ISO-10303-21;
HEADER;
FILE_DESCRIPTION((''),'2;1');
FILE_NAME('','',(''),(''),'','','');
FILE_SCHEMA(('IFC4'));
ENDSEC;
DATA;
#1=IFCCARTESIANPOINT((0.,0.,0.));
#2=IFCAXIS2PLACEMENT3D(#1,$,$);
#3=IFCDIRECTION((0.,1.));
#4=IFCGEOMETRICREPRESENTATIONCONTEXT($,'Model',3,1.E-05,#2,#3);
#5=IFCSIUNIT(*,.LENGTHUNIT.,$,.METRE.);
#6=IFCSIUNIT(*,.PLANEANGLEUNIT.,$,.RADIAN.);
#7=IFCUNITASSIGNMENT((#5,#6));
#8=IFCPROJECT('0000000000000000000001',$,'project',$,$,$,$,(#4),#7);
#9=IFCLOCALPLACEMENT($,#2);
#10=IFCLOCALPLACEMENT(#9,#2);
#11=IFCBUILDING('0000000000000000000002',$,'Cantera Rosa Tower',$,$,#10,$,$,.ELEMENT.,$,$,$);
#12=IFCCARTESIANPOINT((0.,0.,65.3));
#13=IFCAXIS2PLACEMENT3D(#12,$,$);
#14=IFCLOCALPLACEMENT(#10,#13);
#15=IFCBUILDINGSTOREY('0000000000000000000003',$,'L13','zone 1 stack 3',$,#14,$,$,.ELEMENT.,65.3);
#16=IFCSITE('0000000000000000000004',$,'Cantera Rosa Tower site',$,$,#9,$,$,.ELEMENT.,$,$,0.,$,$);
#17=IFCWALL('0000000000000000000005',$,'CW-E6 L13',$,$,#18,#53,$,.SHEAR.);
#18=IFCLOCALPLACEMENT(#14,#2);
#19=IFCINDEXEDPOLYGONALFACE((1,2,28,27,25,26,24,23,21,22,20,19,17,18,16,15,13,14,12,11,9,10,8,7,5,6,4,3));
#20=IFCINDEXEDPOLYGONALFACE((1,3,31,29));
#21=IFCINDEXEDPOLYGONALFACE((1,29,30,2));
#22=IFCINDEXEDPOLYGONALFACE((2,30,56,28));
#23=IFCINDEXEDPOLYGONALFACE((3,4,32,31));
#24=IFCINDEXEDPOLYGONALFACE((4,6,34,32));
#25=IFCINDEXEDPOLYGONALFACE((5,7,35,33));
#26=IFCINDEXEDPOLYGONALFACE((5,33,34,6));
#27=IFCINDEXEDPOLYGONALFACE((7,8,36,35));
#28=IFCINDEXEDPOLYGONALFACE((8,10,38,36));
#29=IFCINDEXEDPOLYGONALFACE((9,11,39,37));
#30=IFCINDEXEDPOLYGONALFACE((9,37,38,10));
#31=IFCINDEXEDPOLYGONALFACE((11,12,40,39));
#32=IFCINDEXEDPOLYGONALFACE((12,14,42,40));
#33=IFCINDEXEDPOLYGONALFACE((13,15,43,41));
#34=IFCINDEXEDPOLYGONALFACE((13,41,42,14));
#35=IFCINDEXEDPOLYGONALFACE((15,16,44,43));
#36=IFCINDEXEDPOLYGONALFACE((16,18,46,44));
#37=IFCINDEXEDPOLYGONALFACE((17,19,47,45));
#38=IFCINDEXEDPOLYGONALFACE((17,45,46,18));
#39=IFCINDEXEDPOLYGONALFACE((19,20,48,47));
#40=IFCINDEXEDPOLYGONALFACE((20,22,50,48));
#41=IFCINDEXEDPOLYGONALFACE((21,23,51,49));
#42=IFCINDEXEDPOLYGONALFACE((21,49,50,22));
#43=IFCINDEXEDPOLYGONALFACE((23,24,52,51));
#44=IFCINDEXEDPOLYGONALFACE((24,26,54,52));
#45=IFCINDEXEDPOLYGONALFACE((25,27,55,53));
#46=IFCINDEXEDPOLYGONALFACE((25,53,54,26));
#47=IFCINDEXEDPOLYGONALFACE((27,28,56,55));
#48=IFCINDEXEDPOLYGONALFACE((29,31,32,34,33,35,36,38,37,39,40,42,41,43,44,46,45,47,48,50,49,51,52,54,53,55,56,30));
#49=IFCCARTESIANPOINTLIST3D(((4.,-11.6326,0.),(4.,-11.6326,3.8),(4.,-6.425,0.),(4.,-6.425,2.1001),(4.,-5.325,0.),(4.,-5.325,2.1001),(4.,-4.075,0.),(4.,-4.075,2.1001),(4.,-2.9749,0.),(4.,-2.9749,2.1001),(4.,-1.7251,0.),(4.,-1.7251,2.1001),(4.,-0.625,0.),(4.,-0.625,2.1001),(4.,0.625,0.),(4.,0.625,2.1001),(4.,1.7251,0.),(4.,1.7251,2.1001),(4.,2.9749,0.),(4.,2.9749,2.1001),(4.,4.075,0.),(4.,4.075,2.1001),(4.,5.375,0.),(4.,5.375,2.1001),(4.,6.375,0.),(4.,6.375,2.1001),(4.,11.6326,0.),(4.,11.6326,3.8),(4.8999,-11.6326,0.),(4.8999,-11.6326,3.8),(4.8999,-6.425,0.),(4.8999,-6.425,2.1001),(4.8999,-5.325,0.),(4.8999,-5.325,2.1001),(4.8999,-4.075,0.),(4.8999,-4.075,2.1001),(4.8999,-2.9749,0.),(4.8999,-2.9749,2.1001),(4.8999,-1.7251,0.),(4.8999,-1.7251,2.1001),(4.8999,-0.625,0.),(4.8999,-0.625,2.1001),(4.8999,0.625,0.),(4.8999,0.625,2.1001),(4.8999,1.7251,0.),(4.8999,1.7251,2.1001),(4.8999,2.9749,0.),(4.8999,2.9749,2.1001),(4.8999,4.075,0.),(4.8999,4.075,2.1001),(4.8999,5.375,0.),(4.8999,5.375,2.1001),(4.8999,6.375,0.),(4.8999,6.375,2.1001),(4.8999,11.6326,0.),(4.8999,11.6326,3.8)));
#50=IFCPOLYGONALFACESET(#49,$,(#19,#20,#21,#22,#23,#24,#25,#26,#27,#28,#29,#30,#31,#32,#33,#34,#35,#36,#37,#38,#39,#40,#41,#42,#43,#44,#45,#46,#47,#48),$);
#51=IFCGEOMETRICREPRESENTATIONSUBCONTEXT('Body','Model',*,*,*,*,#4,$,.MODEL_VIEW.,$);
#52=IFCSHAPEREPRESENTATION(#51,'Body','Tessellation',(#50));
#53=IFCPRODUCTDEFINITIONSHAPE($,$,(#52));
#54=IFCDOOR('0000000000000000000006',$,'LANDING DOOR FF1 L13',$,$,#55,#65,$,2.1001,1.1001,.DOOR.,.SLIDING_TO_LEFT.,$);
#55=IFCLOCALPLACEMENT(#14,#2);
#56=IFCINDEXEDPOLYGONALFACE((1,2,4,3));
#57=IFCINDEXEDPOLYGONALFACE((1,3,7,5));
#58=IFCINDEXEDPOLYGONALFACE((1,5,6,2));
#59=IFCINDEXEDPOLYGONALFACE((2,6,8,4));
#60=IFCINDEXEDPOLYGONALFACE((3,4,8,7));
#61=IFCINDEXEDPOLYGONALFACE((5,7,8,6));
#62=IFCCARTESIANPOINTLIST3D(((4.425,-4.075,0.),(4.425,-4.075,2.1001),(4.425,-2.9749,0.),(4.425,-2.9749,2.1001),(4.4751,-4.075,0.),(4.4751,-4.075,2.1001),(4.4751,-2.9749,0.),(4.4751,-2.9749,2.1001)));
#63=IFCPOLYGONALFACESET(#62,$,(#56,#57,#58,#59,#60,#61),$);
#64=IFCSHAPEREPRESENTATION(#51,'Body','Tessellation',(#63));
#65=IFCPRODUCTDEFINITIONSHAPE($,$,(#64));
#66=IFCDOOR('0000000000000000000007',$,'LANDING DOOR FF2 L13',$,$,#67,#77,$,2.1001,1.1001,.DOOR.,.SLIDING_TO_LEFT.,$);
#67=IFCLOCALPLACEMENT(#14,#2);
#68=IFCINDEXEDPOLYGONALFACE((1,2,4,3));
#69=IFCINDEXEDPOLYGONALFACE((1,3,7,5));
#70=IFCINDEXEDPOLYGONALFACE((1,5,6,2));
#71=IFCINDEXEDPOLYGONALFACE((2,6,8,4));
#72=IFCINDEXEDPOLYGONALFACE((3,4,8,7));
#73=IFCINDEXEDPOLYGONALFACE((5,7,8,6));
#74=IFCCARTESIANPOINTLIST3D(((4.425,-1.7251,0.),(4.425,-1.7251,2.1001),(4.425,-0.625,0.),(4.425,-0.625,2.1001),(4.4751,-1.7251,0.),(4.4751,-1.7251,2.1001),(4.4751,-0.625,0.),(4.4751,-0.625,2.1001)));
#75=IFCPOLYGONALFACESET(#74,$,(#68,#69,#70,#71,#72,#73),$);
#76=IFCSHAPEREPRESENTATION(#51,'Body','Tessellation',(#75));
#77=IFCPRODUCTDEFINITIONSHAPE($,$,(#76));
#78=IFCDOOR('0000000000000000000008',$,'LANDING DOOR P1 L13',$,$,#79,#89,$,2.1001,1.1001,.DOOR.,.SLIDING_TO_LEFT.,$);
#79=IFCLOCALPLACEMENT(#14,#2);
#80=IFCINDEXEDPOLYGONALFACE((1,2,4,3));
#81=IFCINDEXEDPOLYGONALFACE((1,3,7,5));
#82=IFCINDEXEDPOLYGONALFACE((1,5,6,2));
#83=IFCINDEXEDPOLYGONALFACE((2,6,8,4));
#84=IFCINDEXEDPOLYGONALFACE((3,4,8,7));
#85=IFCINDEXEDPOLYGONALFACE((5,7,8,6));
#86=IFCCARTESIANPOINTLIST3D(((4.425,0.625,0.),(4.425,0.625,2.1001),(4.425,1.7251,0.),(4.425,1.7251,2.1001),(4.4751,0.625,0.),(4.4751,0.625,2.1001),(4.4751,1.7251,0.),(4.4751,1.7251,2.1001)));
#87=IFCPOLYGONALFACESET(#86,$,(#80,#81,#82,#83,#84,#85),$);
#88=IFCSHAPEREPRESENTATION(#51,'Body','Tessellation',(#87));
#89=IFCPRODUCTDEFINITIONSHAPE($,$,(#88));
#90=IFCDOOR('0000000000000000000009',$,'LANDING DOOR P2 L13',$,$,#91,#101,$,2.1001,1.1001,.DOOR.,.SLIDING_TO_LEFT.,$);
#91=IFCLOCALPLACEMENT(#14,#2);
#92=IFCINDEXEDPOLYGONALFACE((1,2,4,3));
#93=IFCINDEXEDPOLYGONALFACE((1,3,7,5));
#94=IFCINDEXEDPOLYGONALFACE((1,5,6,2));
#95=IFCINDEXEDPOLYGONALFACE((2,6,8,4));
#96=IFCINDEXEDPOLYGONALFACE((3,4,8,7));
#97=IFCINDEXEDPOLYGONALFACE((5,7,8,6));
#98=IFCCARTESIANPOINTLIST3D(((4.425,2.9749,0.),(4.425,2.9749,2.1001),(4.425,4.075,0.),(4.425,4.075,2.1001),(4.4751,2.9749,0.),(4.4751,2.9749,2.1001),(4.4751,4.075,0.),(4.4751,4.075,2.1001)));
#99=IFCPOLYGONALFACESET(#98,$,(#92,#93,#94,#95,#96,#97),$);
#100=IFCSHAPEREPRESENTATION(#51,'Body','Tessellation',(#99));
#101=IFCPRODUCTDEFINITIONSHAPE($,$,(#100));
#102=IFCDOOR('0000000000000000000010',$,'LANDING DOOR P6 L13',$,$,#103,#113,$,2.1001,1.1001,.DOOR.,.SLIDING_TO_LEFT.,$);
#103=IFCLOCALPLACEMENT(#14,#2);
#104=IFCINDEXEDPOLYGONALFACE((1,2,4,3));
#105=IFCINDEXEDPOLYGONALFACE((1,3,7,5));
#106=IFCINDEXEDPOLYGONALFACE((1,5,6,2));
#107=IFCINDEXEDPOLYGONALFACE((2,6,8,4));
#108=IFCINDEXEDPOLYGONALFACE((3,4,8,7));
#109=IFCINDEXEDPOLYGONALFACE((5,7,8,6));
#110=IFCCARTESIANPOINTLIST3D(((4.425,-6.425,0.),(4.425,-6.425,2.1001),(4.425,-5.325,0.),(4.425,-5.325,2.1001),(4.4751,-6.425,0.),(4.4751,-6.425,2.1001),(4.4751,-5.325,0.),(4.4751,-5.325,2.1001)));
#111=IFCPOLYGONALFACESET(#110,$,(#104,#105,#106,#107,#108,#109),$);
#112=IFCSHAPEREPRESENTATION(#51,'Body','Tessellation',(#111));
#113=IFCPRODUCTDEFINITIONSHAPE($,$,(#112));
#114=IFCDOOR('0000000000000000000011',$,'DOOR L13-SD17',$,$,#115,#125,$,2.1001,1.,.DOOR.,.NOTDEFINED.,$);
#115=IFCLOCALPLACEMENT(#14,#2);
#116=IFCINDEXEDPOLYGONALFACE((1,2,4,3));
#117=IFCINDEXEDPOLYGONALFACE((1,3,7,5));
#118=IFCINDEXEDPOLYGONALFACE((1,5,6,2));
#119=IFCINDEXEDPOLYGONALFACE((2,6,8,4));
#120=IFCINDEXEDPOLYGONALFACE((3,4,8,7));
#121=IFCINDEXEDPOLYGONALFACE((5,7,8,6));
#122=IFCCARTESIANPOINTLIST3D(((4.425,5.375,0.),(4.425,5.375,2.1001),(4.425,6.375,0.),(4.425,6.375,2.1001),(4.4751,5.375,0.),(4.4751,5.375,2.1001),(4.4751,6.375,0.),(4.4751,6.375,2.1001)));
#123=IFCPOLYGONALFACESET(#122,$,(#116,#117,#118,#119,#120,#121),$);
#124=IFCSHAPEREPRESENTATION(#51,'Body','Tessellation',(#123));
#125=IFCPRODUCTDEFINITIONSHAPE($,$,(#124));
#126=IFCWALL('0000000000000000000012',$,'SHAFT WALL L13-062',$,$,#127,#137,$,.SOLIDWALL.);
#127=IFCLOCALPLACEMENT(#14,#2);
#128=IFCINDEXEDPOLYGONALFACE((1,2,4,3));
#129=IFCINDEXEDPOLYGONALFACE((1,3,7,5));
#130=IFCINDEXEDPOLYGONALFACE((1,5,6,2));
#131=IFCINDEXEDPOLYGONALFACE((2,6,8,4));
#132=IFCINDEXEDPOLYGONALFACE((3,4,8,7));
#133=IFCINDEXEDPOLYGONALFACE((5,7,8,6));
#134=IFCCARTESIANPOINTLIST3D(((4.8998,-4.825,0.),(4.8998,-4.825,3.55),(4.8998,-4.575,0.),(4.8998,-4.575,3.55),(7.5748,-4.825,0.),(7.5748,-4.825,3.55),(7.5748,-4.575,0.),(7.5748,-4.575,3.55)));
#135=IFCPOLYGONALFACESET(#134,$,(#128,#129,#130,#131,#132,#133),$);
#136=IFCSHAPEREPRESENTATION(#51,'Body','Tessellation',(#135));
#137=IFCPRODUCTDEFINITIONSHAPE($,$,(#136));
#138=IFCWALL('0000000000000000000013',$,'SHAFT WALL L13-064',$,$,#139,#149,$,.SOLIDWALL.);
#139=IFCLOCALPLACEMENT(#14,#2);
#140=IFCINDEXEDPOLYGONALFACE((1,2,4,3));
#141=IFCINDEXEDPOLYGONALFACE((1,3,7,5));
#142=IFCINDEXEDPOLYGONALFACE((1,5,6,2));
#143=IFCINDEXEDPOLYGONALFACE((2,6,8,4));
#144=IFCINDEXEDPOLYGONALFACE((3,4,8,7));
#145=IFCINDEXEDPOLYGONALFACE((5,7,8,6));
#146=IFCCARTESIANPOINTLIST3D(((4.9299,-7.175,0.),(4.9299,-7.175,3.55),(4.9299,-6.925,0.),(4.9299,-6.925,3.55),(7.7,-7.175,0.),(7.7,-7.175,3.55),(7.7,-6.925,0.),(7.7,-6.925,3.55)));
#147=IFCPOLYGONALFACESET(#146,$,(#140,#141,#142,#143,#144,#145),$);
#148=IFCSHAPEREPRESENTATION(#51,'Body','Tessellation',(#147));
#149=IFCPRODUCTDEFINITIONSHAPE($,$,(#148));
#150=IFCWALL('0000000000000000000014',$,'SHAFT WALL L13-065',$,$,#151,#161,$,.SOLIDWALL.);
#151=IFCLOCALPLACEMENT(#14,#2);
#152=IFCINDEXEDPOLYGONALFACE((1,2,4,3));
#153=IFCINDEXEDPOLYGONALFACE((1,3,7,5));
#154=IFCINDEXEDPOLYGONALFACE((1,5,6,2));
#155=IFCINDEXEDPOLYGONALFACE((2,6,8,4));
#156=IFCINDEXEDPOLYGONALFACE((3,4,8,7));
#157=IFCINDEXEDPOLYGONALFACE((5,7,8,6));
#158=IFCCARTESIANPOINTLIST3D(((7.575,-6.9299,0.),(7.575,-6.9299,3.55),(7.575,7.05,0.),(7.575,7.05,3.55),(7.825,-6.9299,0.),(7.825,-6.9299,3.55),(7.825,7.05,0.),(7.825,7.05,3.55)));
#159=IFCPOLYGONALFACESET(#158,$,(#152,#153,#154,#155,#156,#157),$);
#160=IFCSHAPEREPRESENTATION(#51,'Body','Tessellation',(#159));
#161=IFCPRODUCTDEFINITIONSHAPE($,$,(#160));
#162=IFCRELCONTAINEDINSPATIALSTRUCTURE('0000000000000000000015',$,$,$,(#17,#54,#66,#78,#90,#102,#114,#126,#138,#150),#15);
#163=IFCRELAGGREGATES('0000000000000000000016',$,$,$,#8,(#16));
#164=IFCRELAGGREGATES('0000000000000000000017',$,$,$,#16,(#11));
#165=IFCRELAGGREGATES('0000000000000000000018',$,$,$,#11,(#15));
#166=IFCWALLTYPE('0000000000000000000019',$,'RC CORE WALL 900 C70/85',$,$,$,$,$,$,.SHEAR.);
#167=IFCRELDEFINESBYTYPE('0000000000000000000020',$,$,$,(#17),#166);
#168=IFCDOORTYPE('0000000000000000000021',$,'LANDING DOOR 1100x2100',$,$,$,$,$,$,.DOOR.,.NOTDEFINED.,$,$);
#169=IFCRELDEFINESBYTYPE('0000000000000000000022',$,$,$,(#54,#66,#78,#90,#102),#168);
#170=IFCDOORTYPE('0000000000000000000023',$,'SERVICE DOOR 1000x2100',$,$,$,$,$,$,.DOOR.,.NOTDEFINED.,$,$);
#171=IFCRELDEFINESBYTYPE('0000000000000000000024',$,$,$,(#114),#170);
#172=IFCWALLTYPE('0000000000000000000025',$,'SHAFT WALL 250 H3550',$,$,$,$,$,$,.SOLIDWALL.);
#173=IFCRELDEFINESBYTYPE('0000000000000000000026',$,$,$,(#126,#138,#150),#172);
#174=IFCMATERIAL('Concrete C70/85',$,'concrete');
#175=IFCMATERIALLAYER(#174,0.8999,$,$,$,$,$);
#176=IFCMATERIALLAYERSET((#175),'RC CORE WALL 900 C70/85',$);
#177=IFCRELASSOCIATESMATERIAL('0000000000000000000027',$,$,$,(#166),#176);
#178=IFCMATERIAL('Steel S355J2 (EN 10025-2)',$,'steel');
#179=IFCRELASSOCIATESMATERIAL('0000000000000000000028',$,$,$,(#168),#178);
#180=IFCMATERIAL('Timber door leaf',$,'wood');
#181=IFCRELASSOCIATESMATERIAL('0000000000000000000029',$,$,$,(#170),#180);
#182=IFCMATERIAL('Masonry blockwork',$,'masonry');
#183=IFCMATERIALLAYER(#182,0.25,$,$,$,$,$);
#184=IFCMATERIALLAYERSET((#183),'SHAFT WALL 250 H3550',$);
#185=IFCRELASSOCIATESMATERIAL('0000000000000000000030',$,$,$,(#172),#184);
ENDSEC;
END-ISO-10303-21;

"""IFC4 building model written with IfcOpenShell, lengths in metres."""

from ifc_helpers import new_model, si_unit, direction, frame, frame_2d, origin, place, context, subcontext, project, spatial, rectangle, extrude, material, layer, layer_set, type_object, element, fill, save


model = new_model("IFC4")

# Units and contexts
model_context = context("Model", 3, precision=1e-05, world=origin(), true_north=direction((0.0, 1.0)))
body_context = subcontext(model_context, "Body", "Model", "MODEL_VIEW")
ifc_project = project(units=[si_unit("LENGTHUNIT", "METRE"), si_unit("PLANEANGLEUNIT", "RADIAN")], contexts=[model_context])

# Site, building, storey
site_placement = place(None, origin())
site = spatial("IfcSite", under=ifc_project, at=site_placement, Name="Cantera Rosa Tower site", CompositionType="ELEMENT", RefElevation=0.0)
building_placement = place(site_placement, origin())
building = spatial("IfcBuilding", under=site, at=building_placement, Name="Cantera Rosa Tower", CompositionType="ELEMENT")
storey_placement = place(building_placement, frame((0.0, 0.0, 65.3)))
storey = spatial("IfcBuildingStorey", under=building, at=storey_placement, Name="L13", Description="zone 1 stack 3", CompositionType="ELEMENT", Elevation=65.3)

# Shared definitions
ifc_material_1 = material(Name="Concrete C70/85", Category="concrete")
ifc_layer_1 = layer(ifc_material_1, 0.8999)
ifc_layer_set_1 = layer_set([ifc_layer_1], Name="RC CORE WALL 900 C70/85")
wall_type_1 = type_object("IfcWallType", Name="RC CORE WALL 900 C70/85", PredefinedType="SHEAR", material=ifc_layer_set_1)

# Wall, openings, doors
wall_1_placement = place(storey_placement, frame((4.45, -11.6326, 0.0), z_axis=(0.0, 0.0, 1.0), x_axis=(0.0, 1.0, 0.0)))
wall_1 = element("IfcWall", 1, at=wall_1_placement, inside=storey, type_object=wall_type_1, Name="CW-E6 L13", PredefinedType="SHEAR", context=body_context, shape_type="SweptSolid", body=[
    extrude(rectangle(XDim=23.2651, YDim=0.8999, at=frame_2d((11.6326, 0.0))), origin(), (0.0, 0.0, 1.0), 3.8),
])
opening_1_placement = place(wall_1_placement, frame((7.5576, 0.0, 0.0)))
opening_1 = element("IfcOpeningElement", 2, at=opening_1_placement, cuts=wall_1, PredefinedType="OPENING", context=body_context, shape_type="SweptSolid", body=[
    extrude(rectangle(XDim=1.1001, YDim=2.1001, at=frame_2d((0.55, 1.05))), frame((0.0, 0.46, 0.0), z_axis=(0.0, -1.0, 0.0), x_axis=(1.0, 0.0, 0.0)), (0.0, 0.0, 1.0), 0.9199),
])
opening_2_placement = place(wall_1_placement, frame((9.9075, 0.0, 0.0)))
opening_2 = element("IfcOpeningElement", 3, at=opening_2_placement, cuts=wall_1, PredefinedType="OPENING", context=body_context, shape_type="SweptSolid", body=[
    extrude(rectangle(XDim=1.1001, YDim=2.1001, at=frame_2d((0.55, 1.05))), frame((0.0, 0.46, 0.0), z_axis=(0.0, -1.0, 0.0), x_axis=(1.0, 0.0, 0.0)), (0.0, 0.0, 1.0), 0.9199),
])
opening_3_placement = place(wall_1_placement, frame((12.2576, 0.0, 0.0)))
opening_3 = element("IfcOpeningElement", 4, at=opening_3_placement, cuts=wall_1, PredefinedType="OPENING", context=body_context, shape_type="SweptSolid", body=[
    extrude(rectangle(XDim=1.1001, YDim=2.1001, at=frame_2d((0.55, 1.05))), frame((0.0, 0.46, 0.0), z_axis=(0.0, -1.0, 0.0), x_axis=(1.0, 0.0, 0.0)), (0.0, 0.0, 1.0), 0.9199),
])
opening_4_placement = place(wall_1_placement, frame((14.6074, 0.0, 0.0)))
opening_4 = element("IfcOpeningElement", 5, at=opening_4_placement, cuts=wall_1, PredefinedType="OPENING", context=body_context, shape_type="SweptSolid", body=[
    extrude(rectangle(XDim=1.1001, YDim=2.1001, at=frame_2d((0.55, 1.05))), frame((0.0, 0.46, 0.0), z_axis=(0.0, -1.0, 0.0), x_axis=(1.0, 0.0, 0.0)), (0.0, 0.0, 1.0), 0.9199),
])
opening_5_placement = place(wall_1_placement, frame((5.2075, 0.0, 0.0)))
opening_5 = element("IfcOpeningElement", 6, at=opening_5_placement, cuts=wall_1, PredefinedType="OPENING", context=body_context, shape_type="SweptSolid", body=[
    extrude(rectangle(XDim=1.1001, YDim=2.1001, at=frame_2d((0.55, 1.05))), frame((0.0, 0.46, 0.0), z_axis=(0.0, -1.0, 0.0), x_axis=(1.0, 0.0, 0.0)), (0.0, 0.0, 1.0), 0.9199),
])
opening_6_placement = place(wall_1_placement, frame((17.0076, 0.0, 0.0)))
opening_6 = element("IfcOpeningElement", 7, at=opening_6_placement, cuts=wall_1, PredefinedType="OPENING", context=body_context, shape_type="SweptSolid", body=[
    extrude(rectangle(XDim=1.0, YDim=2.1001, at=frame_2d((0.5, 1.05))), frame((0.0, 0.46, 0.0), z_axis=(0.0, -1.0, 0.0), x_axis=(1.0, 0.0, 0.0)), (0.0, 0.0, 1.0), 0.9199),
])
ifc_material_2 = material(Name="Steel S355J2 (EN 10025-2)", Category="steel")
door_type_1 = type_object("IfcDoorType", Name="LANDING DOOR 1100x2100", OperationType="NOTDEFINED", PredefinedType="DOOR", material=ifc_material_2)
door_1_placement = place(opening_1_placement, origin())
door_1 = element("IfcDoor", 8, at=door_1_placement, inside=storey, type_object=door_type_1, Name="LANDING DOOR FF1 L13", OperationType="SLIDING_TO_LEFT", OverallHeight=2.1001, OverallWidth=1.1001, PredefinedType="DOOR", context=body_context, shape_type="SweptSolid", body=[
    extrude(rectangle(XDim=1.1001, YDim=2.1001, at=frame_2d((0.55, 1.05))), frame((0.0, 0.0249, 0.0), z_axis=(0.0, -1.0, 0.0), x_axis=(1.0, 0.0, 0.0)), (0.0, 0.0, 1.0), 0.05),
])
fill(opening_1, door_1)
door_2_placement = place(opening_2_placement, origin())
door_2 = element("IfcDoor", 9, at=door_2_placement, inside=storey, type_object=door_type_1, Name="LANDING DOOR FF2 L13", OperationType="SLIDING_TO_LEFT", OverallHeight=2.1001, OverallWidth=1.1001, PredefinedType="DOOR", context=body_context, shape_type="SweptSolid", body=[
    extrude(rectangle(XDim=1.1001, YDim=2.1001, at=frame_2d((0.55, 1.05))), frame((0.0, 0.0249, 0.0), z_axis=(0.0, -1.0, 0.0), x_axis=(1.0, 0.0, 0.0)), (0.0, 0.0, 1.0), 0.05),
])
fill(opening_2, door_2)
door_3_placement = place(opening_3_placement, origin())
door_3 = element("IfcDoor", 10, at=door_3_placement, inside=storey, type_object=door_type_1, Name="LANDING DOOR P1 L13", OperationType="SLIDING_TO_LEFT", OverallHeight=2.1001, OverallWidth=1.1001, PredefinedType="DOOR", context=body_context, shape_type="SweptSolid", body=[
    extrude(rectangle(XDim=1.1001, YDim=2.1001, at=frame_2d((0.55, 1.05))), frame((0.0, 0.0249, 0.0), z_axis=(0.0, -1.0, 0.0), x_axis=(1.0, 0.0, 0.0)), (0.0, 0.0, 1.0), 0.05),
])
fill(opening_3, door_3)
door_4_placement = place(opening_4_placement, origin())
door_4 = element("IfcDoor", 11, at=door_4_placement, inside=storey, type_object=door_type_1, Name="LANDING DOOR P2 L13", OperationType="SLIDING_TO_LEFT", OverallHeight=2.1001, OverallWidth=1.1001, PredefinedType="DOOR", context=body_context, shape_type="SweptSolid", body=[
    extrude(rectangle(XDim=1.1001, YDim=2.1001, at=frame_2d((0.55, 1.05))), frame((0.0, 0.0249, 0.0), z_axis=(0.0, -1.0, 0.0), x_axis=(1.0, 0.0, 0.0)), (0.0, 0.0, 1.0), 0.05),
])
fill(opening_4, door_4)
door_5_placement = place(opening_5_placement, origin())
door_5 = element("IfcDoor", 12, at=door_5_placement, inside=storey, type_object=door_type_1, Name="LANDING DOOR P6 L13", OperationType="SLIDING_TO_LEFT", OverallHeight=2.1001, OverallWidth=1.1001, PredefinedType="DOOR", context=body_context, shape_type="SweptSolid", body=[
    extrude(rectangle(XDim=1.1001, YDim=2.1001, at=frame_2d((0.55, 1.05))), frame((0.0, 0.0249, 0.0), z_axis=(0.0, -1.0, 0.0), x_axis=(1.0, 0.0, 0.0)), (0.0, 0.0, 1.0), 0.05),
])
fill(opening_5, door_5)
ifc_material_3 = material(Name="Timber door leaf", Category="wood")
door_type_2 = type_object("IfcDoorType", Name="SERVICE DOOR 1000x2100", OperationType="NOTDEFINED", PredefinedType="DOOR", material=ifc_material_3)
door_6_placement = place(opening_6_placement, origin())
door_6 = element("IfcDoor", 13, at=door_6_placement, inside=storey, type_object=door_type_2, Name="DOOR L13-SD17", OperationType="NOTDEFINED", OverallHeight=2.1001, OverallWidth=1.0, PredefinedType="DOOR", context=body_context, shape_type="SweptSolid", body=[
    extrude(rectangle(XDim=1.0, YDim=2.1001, at=frame_2d((0.5, 1.05))), frame((0.0, 0.0249, 0.0), z_axis=(0.0, -1.0, 0.0), x_axis=(1.0, 0.0, 0.0)), (0.0, 0.0, 1.0), 0.05),
])
fill(opening_6, door_6)

# Walls
ifc_material_4 = material(Name="Masonry blockwork", Category="masonry")
ifc_layer_2 = layer(ifc_material_4, 0.25)
ifc_layer_set_2 = layer_set([ifc_layer_2], Name="SHAFT WALL 250 H3550")
wall_type_2 = type_object("IfcWallType", Name="SHAFT WALL 250 H3550", PredefinedType="SOLIDWALL", material=ifc_layer_set_2)
wall_2_placement = place(storey_placement, frame((4.8999, -4.7, 0.0), z_axis=(0.0, 0.0, 1.0), x_axis=(1.0, 0.0, 0.0)))
element("IfcWall", 14, at=wall_2_placement, inside=storey, type_object=wall_type_2, Name="SHAFT WALL L13-062", PredefinedType="SOLIDWALL", context=body_context, shape_type="SweptSolid", body=[
    extrude(rectangle(XDim=2.675, YDim=0.25, at=frame_2d((1.3374, 0.0))), origin(), (0.0, 0.0, 1.0), 3.55),
])
wall_3_placement = place(storey_placement, frame((4.9299, -7.05, 0.0), z_axis=(0.0, 0.0, 1.0), x_axis=(1.0, 0.0, 0.0)))
element("IfcWall", 15, at=wall_3_placement, inside=storey, type_object=wall_type_2, Name="SHAFT WALL L13-064", PredefinedType="SOLIDWALL", context=body_context, shape_type="SweptSolid", body=[
    extrude(rectangle(XDim=2.77, YDim=0.25, at=frame_2d((1.385, 0.0))), origin(), (0.0, 0.0, 1.0), 3.55),
])
wall_4_placement = place(storey_placement, frame((7.7, -6.9299, 0.0), z_axis=(0.0, 0.0, 1.0), x_axis=(0.0, 1.0, 0.0)))
element("IfcWall", 16, at=wall_4_placement, inside=storey, type_object=wall_type_2, Name="SHAFT WALL L13-065", PredefinedType="SOLIDWALL", context=body_context, shape_type="SweptSolid", body=[
    extrude(rectangle(XDim=13.98, YDim=0.25, at=frame_2d((6.99, 0.0))), origin(), (0.0, 0.0, 1.0), 3.55),
])

save(model, "model.ifc")
